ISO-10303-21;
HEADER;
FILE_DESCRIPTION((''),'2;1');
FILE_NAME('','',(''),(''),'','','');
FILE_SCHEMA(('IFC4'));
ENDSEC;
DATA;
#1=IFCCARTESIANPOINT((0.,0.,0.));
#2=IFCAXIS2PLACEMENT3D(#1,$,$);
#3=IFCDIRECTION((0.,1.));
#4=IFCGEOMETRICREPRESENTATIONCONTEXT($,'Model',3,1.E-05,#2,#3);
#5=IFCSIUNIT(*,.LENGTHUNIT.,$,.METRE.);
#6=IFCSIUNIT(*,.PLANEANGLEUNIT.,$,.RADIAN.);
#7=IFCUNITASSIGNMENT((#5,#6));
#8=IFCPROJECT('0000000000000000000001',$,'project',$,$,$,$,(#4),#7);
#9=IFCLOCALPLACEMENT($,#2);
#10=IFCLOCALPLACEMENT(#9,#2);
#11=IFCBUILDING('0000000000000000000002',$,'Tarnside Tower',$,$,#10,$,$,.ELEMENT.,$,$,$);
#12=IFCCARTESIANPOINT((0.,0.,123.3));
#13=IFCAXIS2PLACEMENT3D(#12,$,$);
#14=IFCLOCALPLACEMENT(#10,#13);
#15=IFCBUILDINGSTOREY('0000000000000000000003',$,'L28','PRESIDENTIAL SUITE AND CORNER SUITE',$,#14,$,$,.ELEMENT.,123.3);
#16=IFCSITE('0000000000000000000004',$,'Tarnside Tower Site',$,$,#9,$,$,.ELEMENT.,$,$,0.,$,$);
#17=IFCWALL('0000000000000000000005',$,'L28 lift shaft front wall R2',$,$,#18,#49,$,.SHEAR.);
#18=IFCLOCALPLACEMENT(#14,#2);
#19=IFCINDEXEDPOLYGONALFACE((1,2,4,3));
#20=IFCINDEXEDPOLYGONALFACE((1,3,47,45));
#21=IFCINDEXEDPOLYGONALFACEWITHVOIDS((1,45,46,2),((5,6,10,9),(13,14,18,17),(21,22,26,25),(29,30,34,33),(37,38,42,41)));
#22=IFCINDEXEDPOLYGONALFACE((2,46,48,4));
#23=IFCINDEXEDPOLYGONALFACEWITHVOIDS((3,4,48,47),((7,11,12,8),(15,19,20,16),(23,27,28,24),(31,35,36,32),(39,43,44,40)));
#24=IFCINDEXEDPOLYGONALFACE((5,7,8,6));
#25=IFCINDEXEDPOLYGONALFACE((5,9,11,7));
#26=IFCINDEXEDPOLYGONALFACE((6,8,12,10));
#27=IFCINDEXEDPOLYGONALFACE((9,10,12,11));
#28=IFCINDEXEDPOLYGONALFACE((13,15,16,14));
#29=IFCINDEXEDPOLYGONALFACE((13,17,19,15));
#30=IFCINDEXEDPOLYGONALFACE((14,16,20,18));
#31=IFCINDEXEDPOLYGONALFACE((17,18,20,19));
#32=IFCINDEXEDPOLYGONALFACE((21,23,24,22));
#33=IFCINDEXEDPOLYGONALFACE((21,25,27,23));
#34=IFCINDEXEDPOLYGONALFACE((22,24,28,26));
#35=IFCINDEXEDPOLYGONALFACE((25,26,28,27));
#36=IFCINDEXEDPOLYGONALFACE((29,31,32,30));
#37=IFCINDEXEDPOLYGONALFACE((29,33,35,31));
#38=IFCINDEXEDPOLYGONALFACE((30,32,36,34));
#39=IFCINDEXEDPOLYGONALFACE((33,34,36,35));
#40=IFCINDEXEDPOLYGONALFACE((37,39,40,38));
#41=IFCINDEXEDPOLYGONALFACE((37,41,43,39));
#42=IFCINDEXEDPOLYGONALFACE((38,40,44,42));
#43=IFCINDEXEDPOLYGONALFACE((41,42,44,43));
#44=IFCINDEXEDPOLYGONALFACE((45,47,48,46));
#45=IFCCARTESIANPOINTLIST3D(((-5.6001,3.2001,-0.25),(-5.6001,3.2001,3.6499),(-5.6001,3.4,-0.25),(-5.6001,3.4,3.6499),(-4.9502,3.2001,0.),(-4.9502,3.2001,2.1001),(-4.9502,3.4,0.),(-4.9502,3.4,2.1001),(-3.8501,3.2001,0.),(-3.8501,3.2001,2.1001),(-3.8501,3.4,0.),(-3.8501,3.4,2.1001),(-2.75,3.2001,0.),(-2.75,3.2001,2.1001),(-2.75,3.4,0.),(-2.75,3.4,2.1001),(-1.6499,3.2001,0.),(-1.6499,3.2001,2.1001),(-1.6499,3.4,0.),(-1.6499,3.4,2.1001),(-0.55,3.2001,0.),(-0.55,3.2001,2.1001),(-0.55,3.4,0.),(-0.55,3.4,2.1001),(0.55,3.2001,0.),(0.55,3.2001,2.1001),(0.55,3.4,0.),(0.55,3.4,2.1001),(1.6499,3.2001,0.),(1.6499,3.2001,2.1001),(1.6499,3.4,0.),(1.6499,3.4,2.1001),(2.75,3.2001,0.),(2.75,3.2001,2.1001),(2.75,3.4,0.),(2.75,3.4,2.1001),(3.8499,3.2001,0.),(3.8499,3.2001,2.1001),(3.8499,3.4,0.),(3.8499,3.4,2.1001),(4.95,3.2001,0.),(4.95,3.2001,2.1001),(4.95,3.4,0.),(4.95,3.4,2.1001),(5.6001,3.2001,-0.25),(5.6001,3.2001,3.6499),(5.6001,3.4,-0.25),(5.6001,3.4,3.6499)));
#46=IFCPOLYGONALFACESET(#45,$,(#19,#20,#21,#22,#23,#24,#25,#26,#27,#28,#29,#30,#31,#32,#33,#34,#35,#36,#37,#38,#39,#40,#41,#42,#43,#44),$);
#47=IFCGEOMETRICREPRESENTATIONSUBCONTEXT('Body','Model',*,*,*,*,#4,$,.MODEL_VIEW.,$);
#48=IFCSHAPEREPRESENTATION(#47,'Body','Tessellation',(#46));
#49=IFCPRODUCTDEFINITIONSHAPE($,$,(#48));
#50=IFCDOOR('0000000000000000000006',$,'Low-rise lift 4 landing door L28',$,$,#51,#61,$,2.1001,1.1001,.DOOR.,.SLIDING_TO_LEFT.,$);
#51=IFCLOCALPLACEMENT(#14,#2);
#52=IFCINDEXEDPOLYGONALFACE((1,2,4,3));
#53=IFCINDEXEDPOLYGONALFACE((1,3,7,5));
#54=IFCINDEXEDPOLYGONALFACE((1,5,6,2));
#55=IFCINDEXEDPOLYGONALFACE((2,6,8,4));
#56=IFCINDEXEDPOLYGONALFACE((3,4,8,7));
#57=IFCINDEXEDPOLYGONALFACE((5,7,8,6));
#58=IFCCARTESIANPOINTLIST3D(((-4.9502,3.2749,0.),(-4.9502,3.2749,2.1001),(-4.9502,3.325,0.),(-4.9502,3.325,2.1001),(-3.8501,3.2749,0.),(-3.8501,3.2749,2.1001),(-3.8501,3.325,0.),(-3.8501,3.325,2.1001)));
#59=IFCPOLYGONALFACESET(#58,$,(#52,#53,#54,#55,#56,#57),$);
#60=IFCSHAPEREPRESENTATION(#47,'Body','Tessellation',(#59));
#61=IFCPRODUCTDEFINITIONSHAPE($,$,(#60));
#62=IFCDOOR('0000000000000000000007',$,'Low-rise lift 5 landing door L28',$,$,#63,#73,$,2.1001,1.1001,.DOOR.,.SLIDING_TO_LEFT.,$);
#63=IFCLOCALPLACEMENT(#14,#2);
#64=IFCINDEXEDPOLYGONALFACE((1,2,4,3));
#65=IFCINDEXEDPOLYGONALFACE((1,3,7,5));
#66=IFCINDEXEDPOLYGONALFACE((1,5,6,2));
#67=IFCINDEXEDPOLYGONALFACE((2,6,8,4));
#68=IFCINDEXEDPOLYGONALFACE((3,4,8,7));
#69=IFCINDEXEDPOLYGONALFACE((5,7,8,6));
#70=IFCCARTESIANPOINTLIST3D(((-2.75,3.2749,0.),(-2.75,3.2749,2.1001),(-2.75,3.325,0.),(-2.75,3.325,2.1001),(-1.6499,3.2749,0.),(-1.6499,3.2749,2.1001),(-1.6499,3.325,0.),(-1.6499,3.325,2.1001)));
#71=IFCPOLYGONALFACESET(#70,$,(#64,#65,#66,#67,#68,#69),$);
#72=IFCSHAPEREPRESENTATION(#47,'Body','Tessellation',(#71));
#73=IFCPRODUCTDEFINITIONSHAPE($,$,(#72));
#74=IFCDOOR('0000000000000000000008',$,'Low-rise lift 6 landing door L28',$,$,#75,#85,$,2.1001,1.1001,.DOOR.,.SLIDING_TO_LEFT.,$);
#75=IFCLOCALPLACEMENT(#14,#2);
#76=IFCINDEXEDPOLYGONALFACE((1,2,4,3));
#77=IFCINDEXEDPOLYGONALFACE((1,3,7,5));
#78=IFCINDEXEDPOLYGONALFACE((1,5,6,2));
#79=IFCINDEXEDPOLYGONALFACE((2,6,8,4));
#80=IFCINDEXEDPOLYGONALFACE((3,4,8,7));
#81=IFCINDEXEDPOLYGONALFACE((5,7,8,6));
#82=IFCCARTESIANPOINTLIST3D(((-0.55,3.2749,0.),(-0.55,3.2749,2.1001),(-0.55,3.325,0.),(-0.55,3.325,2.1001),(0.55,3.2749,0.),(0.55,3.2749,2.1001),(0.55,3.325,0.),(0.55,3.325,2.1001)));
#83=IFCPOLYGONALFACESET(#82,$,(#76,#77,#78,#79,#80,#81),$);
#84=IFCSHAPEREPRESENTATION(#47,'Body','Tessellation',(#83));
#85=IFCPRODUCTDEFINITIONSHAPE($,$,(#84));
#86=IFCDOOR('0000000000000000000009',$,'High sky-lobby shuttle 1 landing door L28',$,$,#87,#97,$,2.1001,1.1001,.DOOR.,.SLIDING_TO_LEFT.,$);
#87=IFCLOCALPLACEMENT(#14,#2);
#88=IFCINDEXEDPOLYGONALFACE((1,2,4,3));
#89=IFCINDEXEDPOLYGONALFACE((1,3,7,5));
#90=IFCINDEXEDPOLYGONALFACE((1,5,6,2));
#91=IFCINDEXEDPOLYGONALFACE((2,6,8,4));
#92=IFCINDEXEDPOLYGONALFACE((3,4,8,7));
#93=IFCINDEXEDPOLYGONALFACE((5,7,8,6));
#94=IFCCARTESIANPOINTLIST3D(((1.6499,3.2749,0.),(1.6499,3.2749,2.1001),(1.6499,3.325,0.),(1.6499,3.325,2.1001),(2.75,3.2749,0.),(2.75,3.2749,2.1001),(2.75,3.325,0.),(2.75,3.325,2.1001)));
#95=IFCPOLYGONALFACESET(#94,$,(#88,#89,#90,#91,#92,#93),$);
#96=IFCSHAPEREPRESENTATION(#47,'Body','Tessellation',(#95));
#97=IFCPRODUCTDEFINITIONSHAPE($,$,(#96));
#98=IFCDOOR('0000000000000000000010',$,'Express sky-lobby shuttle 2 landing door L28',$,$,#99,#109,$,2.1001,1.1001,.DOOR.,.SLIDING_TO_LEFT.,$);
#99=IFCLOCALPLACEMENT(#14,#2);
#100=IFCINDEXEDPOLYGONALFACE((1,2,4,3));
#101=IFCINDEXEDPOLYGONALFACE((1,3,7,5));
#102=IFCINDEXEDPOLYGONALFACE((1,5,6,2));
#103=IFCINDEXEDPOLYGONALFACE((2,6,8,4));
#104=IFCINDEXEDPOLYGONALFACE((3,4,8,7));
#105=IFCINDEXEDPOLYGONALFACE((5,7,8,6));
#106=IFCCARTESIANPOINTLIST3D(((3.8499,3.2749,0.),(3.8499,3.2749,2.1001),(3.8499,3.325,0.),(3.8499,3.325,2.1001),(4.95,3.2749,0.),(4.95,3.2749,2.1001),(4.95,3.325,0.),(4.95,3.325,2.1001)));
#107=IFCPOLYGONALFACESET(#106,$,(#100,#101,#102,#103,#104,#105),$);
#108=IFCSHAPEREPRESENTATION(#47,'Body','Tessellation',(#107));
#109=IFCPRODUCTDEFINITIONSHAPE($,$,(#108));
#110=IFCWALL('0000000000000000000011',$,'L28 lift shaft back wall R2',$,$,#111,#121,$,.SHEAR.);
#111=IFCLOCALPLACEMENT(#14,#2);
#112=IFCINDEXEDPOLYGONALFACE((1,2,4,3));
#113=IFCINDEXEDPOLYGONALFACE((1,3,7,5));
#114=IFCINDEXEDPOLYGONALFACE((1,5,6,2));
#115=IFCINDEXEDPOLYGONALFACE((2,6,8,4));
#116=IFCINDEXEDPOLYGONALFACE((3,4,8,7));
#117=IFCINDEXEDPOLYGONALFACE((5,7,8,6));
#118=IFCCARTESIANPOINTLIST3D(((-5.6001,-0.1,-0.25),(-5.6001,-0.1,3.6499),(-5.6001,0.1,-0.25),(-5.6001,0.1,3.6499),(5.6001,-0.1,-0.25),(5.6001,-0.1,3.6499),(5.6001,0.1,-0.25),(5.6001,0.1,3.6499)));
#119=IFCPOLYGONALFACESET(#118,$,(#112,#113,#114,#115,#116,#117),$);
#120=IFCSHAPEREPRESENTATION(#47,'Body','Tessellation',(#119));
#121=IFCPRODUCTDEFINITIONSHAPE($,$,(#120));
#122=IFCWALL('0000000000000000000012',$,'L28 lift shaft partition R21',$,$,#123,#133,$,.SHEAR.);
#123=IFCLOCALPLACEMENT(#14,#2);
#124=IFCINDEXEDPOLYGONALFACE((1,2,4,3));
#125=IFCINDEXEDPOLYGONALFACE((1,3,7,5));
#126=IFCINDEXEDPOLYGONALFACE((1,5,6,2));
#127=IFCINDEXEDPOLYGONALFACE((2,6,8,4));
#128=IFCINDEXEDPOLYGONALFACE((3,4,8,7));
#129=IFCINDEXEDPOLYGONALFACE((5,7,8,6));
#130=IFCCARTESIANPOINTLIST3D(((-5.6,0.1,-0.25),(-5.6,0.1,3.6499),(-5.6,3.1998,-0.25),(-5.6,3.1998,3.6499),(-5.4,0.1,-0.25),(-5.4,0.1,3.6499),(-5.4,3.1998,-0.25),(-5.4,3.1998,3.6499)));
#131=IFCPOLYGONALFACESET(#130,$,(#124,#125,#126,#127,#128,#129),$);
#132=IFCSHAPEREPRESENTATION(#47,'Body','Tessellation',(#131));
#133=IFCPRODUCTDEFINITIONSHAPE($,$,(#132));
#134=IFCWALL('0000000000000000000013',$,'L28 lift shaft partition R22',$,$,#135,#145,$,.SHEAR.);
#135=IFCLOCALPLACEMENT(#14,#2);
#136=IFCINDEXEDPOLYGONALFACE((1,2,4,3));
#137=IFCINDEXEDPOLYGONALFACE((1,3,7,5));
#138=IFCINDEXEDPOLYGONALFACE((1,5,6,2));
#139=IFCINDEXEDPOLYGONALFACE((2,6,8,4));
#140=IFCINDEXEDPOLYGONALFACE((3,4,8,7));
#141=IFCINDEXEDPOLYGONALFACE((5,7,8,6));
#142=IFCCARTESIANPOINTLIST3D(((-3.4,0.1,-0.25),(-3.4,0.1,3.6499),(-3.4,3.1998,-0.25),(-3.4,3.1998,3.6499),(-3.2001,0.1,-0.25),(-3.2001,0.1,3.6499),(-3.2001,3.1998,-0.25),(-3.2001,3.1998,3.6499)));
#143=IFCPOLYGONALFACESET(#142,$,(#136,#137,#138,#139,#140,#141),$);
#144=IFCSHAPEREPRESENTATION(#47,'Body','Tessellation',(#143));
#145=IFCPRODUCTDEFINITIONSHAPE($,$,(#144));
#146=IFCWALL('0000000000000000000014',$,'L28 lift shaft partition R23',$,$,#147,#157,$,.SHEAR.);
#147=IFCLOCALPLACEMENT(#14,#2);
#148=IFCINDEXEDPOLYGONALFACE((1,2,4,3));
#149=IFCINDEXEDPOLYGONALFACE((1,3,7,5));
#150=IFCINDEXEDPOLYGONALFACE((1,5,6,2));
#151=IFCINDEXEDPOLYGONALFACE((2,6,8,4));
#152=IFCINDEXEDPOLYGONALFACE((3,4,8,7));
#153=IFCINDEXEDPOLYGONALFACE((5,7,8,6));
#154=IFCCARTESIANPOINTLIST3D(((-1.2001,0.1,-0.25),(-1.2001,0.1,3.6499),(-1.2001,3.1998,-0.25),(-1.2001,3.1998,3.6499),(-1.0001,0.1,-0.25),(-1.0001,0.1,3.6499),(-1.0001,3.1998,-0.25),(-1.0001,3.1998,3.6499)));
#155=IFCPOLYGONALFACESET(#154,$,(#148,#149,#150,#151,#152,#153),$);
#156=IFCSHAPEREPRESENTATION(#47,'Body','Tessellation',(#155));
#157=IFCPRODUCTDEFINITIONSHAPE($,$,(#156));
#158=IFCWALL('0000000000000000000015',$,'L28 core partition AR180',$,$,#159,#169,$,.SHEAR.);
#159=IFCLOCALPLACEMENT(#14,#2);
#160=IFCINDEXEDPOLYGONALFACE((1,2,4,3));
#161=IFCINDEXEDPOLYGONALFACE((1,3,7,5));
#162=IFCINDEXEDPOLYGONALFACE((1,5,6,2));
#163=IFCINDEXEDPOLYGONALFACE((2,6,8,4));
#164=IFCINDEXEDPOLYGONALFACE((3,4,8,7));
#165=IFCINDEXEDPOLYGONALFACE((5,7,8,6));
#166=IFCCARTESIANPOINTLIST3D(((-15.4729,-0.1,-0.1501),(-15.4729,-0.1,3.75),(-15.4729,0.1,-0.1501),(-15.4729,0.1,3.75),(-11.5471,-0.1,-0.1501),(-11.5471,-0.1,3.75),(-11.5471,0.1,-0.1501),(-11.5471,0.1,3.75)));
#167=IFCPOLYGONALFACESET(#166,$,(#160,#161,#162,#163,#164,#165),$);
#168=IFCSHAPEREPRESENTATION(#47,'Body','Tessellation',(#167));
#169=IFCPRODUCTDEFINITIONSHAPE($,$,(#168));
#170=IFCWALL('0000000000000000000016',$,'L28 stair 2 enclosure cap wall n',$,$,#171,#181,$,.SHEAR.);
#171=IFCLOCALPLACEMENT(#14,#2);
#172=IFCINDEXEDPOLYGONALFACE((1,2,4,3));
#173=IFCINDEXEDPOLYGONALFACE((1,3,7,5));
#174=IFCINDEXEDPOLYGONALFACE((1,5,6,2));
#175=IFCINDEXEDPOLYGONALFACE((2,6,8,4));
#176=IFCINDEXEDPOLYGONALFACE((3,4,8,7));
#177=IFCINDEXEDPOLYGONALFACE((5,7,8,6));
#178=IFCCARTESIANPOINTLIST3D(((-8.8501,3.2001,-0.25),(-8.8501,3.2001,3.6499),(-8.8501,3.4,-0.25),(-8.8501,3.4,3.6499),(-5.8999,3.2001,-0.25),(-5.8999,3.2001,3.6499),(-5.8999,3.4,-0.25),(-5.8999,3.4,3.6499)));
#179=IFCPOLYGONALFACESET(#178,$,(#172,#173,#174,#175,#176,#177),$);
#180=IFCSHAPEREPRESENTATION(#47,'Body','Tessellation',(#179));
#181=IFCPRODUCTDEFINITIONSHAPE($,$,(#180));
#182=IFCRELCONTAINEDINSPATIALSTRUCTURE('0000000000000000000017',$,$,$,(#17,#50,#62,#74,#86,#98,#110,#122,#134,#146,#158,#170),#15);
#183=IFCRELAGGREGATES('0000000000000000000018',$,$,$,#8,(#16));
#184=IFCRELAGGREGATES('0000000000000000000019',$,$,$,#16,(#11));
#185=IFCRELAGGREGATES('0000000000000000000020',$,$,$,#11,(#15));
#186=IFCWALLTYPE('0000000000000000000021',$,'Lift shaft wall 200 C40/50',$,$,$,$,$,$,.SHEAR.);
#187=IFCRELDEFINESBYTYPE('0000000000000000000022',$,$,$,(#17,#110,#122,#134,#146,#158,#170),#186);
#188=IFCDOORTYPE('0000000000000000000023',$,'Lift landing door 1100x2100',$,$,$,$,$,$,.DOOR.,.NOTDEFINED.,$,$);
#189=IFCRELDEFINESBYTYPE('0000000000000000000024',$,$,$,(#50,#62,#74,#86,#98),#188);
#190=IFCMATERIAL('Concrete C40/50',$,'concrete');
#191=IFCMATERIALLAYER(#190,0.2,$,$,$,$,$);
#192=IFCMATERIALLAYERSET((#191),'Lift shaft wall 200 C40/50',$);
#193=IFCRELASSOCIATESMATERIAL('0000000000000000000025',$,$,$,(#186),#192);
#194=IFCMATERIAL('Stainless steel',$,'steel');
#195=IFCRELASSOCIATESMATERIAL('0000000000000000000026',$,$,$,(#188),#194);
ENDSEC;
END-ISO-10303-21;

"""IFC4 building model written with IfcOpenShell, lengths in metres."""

from ifc_helpers import new_model, si_unit, direction, frame, frame_2d, origin, place, context, subcontext, project, spatial, rectangle, extrude, material, layer, layer_set, type_object, element, fill, save


model = new_model("IFC4")

# Units and contexts
model_context = context("Model", 3, precision=1e-05, world=origin(), true_north=direction((0.0, 1.0)))
body_context = subcontext(model_context, "Body", "Model", "MODEL_VIEW")
ifc_project = project(units=[si_unit("LENGTHUNIT", "METRE"), si_unit("PLANEANGLEUNIT", "RADIAN")], contexts=[model_context])

# Site, building, storey
site_placement = place(None, origin())
site = spatial("IfcSite", under=ifc_project, at=site_placement, Name="Tarnside Tower Site", CompositionType="ELEMENT", RefElevation=0.0)
building_placement = place(site_placement, origin())
building = spatial("IfcBuilding", under=site, at=building_placement, Name="Tarnside Tower", CompositionType="ELEMENT")
storey_placement = place(building_placement, frame((0.0, 0.0, 123.3)))
storey = spatial("IfcBuildingStorey", under=building, at=storey_placement, Name="L28", Description="PRESIDENTIAL SUITE AND CORNER SUITE", CompositionType="ELEMENT", Elevation=123.3)

# Wall, openings, doors
ifc_material_1 = material(Name="Concrete C40/50", Category="concrete")
ifc_layer_1 = layer(ifc_material_1, 0.2)
ifc_layer_set_1 = layer_set([ifc_layer_1], Name="Lift shaft wall 200 C40/50")
wall_type_1 = type_object("IfcWallType", Name="Lift shaft wall 200 C40/50", PredefinedType="SHEAR", material=ifc_layer_set_1)
wall_1_placement = place(storey_placement, frame((-5.6001, 3.3, -0.25), z_axis=(0.0, 0.0, 1.0), x_axis=(1.0, 0.0, 0.0)))
wall_1 = element("IfcWall", 1, at=wall_1_placement, inside=storey, type_object=wall_type_1, Name="L28 lift shaft front wall R2", PredefinedType="SHEAR", context=body_context, shape_type="SweptSolid", body=[
    extrude(rectangle(XDim=11.2002, YDim=0.2, at=frame_2d((5.6001, 0.0))), origin(), (0.0, 0.0, 1.0), 3.8999),
])
opening_1_placement = place(wall_1_placement, frame((0.6499, 0.0, 0.25)))
opening_1 = element("IfcOpeningElement", 2, at=opening_1_placement, cuts=wall_1, PredefinedType="OPENING", context=body_context, shape_type="SweptSolid", body=[
    extrude(rectangle(XDim=1.1001, YDim=2.1001, at=frame_2d((0.55, 1.05))), frame((0.0, 0.1099, 0.0), z_axis=(0.0, -1.0, 0.0), x_axis=(1.0, 0.0, 0.0)), (0.0, 0.0, 1.0), 0.22),
])
opening_2_placement = place(wall_1_placement, frame((2.8501, 0.0, 0.25)))
opening_2 = element("IfcOpeningElement", 3, at=opening_2_placement, cuts=wall_1, PredefinedType="OPENING", context=body_context, shape_type="SweptSolid", body=[
    extrude(rectangle(XDim=1.1001, YDim=2.1001, at=frame_2d((0.55, 1.05))), frame((0.0, 0.1099, 0.0), z_axis=(0.0, -1.0, 0.0), x_axis=(1.0, 0.0, 0.0)), (0.0, 0.0, 1.0), 0.22),
])
opening_3_placement = place(wall_1_placement, frame((5.05, 0.0, 0.25)))
opening_3 = element("IfcOpeningElement", 4, at=opening_3_placement, cuts=wall_1, PredefinedType="OPENING", context=body_context, shape_type="SweptSolid", body=[
    extrude(rectangle(XDim=1.1001, YDim=2.1001, at=frame_2d((0.55, 1.05))), frame((0.0, 0.1099, 0.0), z_axis=(0.0, -1.0, 0.0), x_axis=(1.0, 0.0, 0.0)), (0.0, 0.0, 1.0), 0.22),
])
opening_4_placement = place(wall_1_placement, frame((7.25, 0.0, 0.25)))
opening_4 = element("IfcOpeningElement", 5, at=opening_4_placement, cuts=wall_1, PredefinedType="OPENING", context=body_context, shape_type="SweptSolid", body=[
    extrude(rectangle(XDim=1.1001, YDim=2.1001, at=frame_2d((0.55, 1.05))), frame((0.0, 0.1099, 0.0), z_axis=(0.0, -1.0, 0.0), x_axis=(1.0, 0.0, 0.0)), (0.0, 0.0, 1.0), 0.22),
])
opening_5_placement = place(wall_1_placement, frame((9.45, 0.0, 0.25)))
opening_5 = element("IfcOpeningElement", 6, at=opening_5_placement, cuts=wall_1, PredefinedType="OPENING", context=body_context, shape_type="SweptSolid", body=[
    extrude(rectangle(XDim=1.1001, YDim=2.1001, at=frame_2d((0.55, 1.05))), frame((0.0, 0.1099, 0.0), z_axis=(0.0, -1.0, 0.0), x_axis=(1.0, 0.0, 0.0)), (0.0, 0.0, 1.0), 0.22),
])
ifc_material_2 = material(Name="Stainless steel", Category="steel")
door_type_1 = type_object("IfcDoorType", Name="Lift landing door 1100x2100", OperationType="NOTDEFINED", PredefinedType="DOOR", material=ifc_material_2)
door_1_placement = place(opening_1_placement, origin())
door_1 = element("IfcDoor", 7, at=door_1_placement, inside=storey, type_object=door_type_1, Name="Low-rise lift 4 landing door L28", OperationType="SLIDING_TO_LEFT", OverallHeight=2.1001, OverallWidth=1.1001, PredefinedType="DOOR", context=body_context, shape_type="SweptSolid", body=[
    extrude(rectangle(XDim=1.1001, YDim=2.1001, at=frame_2d((0.55, 1.05))), frame((0.0, 0.0249, 0.0), z_axis=(0.0, -1.0, 0.0), x_axis=(1.0, 0.0, 0.0)), (0.0, 0.0, 1.0), 0.05),
])
fill(opening_1, door_1)
door_2_placement = place(opening_2_placement, origin())
door_2 = element("IfcDoor", 8, at=door_2_placement, inside=storey, type_object=door_type_1, Name="Low-rise lift 5 landing door L28", OperationType="SLIDING_TO_LEFT", OverallHeight=2.1001, OverallWidth=1.1001, PredefinedType="DOOR", context=body_context, shape_type="SweptSolid", body=[
    extrude(rectangle(XDim=1.1001, YDim=2.1001, at=frame_2d((0.55, 1.05))), frame((0.0, 0.0249, 0.0), z_axis=(0.0, -1.0, 0.0), x_axis=(1.0, 0.0, 0.0)), (0.0, 0.0, 1.0), 0.05),
])
fill(opening_2, door_2)
door_3_placement = place(opening_3_placement, origin())
door_3 = element("IfcDoor", 9, at=door_3_placement, inside=storey, type_object=door_type_1, Name="Low-rise lift 6 landing door L28", OperationType="SLIDING_TO_LEFT", OverallHeight=2.1001, OverallWidth=1.1001, PredefinedType="DOOR", context=body_context, shape_type="SweptSolid", body=[
    extrude(rectangle(XDim=1.1001, YDim=2.1001, at=frame_2d((0.55, 1.05))), frame((0.0, 0.0249, 0.0), z_axis=(0.0, -1.0, 0.0), x_axis=(1.0, 0.0, 0.0)), (0.0, 0.0, 1.0), 0.05),
])
fill(opening_3, door_3)
door_4_placement = place(opening_4_placement, origin())
door_4 = element("IfcDoor", 10, at=door_4_placement, inside=storey, type_object=door_type_1, Name="High sky-lobby shuttle 1 landing door L28", OperationType="SLIDING_TO_LEFT", OverallHeight=2.1001, OverallWidth=1.1001, PredefinedType="DOOR", context=body_context, shape_type="SweptSolid", body=[
    extrude(rectangle(XDim=1.1001, YDim=2.1001, at=frame_2d((0.55, 1.05))), frame((0.0, 0.0249, 0.0), z_axis=(0.0, -1.0, 0.0), x_axis=(1.0, 0.0, 0.0)), (0.0, 0.0, 1.0), 0.05),
])
fill(opening_4, door_4)
door_5_placement = place(opening_5_placement, origin())
door_5 = element("IfcDoor", 11, at=door_5_placement, inside=storey, type_object=door_type_1, Name="Express sky-lobby shuttle 2 landing door L28", OperationType="SLIDING_TO_LEFT", OverallHeight=2.1001, OverallWidth=1.1001, PredefinedType="DOOR", context=body_context, shape_type="SweptSolid", body=[
    extrude(rectangle(XDim=1.1001, YDim=2.1001, at=frame_2d((0.55, 1.05))), frame((0.0, 0.0249, 0.0), z_axis=(0.0, -1.0, 0.0), x_axis=(1.0, 0.0, 0.0)), (0.0, 0.0, 1.0), 0.05),
])
fill(opening_5, door_5)

# Walls
wall_2_placement = place(storey_placement, frame((-5.6001, 0.0, -0.25), z_axis=(0.0, 0.0, 1.0), x_axis=(1.0, 0.0, 0.0)))
element("IfcWall", 12, at=wall_2_placement, inside=storey, type_object=wall_type_1, Name="L28 lift shaft back wall R2", PredefinedType="SHEAR", context=body_context, shape_type="SweptSolid", body=[
    extrude(rectangle(XDim=11.2002, YDim=0.2, at=frame_2d((5.6001, 0.0))), origin(), (0.0, 0.0, 1.0), 3.8999),
])
for number, where, z_axis, x_axis, name in (
    (13, (-5.5, 0.1001, -0.25), (0.0, 0.0, 1.0), (0.0, 1.0, 0.0), "L28 lift shaft partition R21"),
    (14, (-3.3, 0.1001, -0.25), (0.0, 0.0, 1.0), (0.0, 1.0, 0.0), "L28 lift shaft partition R22"),
    (15, (-1.1001, 0.1001, -0.25), (0.0, 0.0, 1.0), (0.0, 1.0, 0.0), "L28 lift shaft partition R23"),
):
    element("IfcWall", number, at=place(storey_placement, frame(where, z_axis=z_axis, x_axis=x_axis)), inside=storey, type_object=wall_type_1, Name=name, PredefinedType="SHEAR", context=body_context, shape_type="SweptSolid", body=[
        extrude(rectangle(XDim=3.0999, YDim=0.2, at=frame_2d((1.5498, 0.0))), origin(), (0.0, 0.0, 1.0), 3.8999),
    ])
wall_3_placement = place(storey_placement, frame((-11.5471, 0.0, -0.1501), z_axis=(0.0, 0.0, 1.0), x_axis=(-1.0, 0.0, 0.0)))
element("IfcWall", 16, at=wall_3_placement, inside=storey, type_object=wall_type_1, Name="L28 core partition AR180", PredefinedType="SHEAR", context=body_context, shape_type="SweptSolid", body=[
    extrude(rectangle(XDim=3.9258, YDim=0.2, at=frame_2d((1.9629, 0.0))), origin(), (0.0, 0.0, 1.0), 3.9001),
])
wall_4_placement = place(storey_placement, frame((-8.8501, 3.3, -0.25), z_axis=(0.0, 0.0, 1.0), x_axis=(1.0, 0.0, 0.0)))
element("IfcWall", 17, at=wall_4_placement, inside=storey, type_object=wall_type_1, Name="L28 stair 2 enclosure cap wall n", PredefinedType="SHEAR", context=body_context, shape_type="SweptSolid", body=[
    extrude(rectangle(XDim=2.9502, YDim=0.2, at=frame_2d((1.4751, 0.0))), origin(), (0.0, 0.0, 1.0), 3.8999),
])

save(model, "model.ifc")
